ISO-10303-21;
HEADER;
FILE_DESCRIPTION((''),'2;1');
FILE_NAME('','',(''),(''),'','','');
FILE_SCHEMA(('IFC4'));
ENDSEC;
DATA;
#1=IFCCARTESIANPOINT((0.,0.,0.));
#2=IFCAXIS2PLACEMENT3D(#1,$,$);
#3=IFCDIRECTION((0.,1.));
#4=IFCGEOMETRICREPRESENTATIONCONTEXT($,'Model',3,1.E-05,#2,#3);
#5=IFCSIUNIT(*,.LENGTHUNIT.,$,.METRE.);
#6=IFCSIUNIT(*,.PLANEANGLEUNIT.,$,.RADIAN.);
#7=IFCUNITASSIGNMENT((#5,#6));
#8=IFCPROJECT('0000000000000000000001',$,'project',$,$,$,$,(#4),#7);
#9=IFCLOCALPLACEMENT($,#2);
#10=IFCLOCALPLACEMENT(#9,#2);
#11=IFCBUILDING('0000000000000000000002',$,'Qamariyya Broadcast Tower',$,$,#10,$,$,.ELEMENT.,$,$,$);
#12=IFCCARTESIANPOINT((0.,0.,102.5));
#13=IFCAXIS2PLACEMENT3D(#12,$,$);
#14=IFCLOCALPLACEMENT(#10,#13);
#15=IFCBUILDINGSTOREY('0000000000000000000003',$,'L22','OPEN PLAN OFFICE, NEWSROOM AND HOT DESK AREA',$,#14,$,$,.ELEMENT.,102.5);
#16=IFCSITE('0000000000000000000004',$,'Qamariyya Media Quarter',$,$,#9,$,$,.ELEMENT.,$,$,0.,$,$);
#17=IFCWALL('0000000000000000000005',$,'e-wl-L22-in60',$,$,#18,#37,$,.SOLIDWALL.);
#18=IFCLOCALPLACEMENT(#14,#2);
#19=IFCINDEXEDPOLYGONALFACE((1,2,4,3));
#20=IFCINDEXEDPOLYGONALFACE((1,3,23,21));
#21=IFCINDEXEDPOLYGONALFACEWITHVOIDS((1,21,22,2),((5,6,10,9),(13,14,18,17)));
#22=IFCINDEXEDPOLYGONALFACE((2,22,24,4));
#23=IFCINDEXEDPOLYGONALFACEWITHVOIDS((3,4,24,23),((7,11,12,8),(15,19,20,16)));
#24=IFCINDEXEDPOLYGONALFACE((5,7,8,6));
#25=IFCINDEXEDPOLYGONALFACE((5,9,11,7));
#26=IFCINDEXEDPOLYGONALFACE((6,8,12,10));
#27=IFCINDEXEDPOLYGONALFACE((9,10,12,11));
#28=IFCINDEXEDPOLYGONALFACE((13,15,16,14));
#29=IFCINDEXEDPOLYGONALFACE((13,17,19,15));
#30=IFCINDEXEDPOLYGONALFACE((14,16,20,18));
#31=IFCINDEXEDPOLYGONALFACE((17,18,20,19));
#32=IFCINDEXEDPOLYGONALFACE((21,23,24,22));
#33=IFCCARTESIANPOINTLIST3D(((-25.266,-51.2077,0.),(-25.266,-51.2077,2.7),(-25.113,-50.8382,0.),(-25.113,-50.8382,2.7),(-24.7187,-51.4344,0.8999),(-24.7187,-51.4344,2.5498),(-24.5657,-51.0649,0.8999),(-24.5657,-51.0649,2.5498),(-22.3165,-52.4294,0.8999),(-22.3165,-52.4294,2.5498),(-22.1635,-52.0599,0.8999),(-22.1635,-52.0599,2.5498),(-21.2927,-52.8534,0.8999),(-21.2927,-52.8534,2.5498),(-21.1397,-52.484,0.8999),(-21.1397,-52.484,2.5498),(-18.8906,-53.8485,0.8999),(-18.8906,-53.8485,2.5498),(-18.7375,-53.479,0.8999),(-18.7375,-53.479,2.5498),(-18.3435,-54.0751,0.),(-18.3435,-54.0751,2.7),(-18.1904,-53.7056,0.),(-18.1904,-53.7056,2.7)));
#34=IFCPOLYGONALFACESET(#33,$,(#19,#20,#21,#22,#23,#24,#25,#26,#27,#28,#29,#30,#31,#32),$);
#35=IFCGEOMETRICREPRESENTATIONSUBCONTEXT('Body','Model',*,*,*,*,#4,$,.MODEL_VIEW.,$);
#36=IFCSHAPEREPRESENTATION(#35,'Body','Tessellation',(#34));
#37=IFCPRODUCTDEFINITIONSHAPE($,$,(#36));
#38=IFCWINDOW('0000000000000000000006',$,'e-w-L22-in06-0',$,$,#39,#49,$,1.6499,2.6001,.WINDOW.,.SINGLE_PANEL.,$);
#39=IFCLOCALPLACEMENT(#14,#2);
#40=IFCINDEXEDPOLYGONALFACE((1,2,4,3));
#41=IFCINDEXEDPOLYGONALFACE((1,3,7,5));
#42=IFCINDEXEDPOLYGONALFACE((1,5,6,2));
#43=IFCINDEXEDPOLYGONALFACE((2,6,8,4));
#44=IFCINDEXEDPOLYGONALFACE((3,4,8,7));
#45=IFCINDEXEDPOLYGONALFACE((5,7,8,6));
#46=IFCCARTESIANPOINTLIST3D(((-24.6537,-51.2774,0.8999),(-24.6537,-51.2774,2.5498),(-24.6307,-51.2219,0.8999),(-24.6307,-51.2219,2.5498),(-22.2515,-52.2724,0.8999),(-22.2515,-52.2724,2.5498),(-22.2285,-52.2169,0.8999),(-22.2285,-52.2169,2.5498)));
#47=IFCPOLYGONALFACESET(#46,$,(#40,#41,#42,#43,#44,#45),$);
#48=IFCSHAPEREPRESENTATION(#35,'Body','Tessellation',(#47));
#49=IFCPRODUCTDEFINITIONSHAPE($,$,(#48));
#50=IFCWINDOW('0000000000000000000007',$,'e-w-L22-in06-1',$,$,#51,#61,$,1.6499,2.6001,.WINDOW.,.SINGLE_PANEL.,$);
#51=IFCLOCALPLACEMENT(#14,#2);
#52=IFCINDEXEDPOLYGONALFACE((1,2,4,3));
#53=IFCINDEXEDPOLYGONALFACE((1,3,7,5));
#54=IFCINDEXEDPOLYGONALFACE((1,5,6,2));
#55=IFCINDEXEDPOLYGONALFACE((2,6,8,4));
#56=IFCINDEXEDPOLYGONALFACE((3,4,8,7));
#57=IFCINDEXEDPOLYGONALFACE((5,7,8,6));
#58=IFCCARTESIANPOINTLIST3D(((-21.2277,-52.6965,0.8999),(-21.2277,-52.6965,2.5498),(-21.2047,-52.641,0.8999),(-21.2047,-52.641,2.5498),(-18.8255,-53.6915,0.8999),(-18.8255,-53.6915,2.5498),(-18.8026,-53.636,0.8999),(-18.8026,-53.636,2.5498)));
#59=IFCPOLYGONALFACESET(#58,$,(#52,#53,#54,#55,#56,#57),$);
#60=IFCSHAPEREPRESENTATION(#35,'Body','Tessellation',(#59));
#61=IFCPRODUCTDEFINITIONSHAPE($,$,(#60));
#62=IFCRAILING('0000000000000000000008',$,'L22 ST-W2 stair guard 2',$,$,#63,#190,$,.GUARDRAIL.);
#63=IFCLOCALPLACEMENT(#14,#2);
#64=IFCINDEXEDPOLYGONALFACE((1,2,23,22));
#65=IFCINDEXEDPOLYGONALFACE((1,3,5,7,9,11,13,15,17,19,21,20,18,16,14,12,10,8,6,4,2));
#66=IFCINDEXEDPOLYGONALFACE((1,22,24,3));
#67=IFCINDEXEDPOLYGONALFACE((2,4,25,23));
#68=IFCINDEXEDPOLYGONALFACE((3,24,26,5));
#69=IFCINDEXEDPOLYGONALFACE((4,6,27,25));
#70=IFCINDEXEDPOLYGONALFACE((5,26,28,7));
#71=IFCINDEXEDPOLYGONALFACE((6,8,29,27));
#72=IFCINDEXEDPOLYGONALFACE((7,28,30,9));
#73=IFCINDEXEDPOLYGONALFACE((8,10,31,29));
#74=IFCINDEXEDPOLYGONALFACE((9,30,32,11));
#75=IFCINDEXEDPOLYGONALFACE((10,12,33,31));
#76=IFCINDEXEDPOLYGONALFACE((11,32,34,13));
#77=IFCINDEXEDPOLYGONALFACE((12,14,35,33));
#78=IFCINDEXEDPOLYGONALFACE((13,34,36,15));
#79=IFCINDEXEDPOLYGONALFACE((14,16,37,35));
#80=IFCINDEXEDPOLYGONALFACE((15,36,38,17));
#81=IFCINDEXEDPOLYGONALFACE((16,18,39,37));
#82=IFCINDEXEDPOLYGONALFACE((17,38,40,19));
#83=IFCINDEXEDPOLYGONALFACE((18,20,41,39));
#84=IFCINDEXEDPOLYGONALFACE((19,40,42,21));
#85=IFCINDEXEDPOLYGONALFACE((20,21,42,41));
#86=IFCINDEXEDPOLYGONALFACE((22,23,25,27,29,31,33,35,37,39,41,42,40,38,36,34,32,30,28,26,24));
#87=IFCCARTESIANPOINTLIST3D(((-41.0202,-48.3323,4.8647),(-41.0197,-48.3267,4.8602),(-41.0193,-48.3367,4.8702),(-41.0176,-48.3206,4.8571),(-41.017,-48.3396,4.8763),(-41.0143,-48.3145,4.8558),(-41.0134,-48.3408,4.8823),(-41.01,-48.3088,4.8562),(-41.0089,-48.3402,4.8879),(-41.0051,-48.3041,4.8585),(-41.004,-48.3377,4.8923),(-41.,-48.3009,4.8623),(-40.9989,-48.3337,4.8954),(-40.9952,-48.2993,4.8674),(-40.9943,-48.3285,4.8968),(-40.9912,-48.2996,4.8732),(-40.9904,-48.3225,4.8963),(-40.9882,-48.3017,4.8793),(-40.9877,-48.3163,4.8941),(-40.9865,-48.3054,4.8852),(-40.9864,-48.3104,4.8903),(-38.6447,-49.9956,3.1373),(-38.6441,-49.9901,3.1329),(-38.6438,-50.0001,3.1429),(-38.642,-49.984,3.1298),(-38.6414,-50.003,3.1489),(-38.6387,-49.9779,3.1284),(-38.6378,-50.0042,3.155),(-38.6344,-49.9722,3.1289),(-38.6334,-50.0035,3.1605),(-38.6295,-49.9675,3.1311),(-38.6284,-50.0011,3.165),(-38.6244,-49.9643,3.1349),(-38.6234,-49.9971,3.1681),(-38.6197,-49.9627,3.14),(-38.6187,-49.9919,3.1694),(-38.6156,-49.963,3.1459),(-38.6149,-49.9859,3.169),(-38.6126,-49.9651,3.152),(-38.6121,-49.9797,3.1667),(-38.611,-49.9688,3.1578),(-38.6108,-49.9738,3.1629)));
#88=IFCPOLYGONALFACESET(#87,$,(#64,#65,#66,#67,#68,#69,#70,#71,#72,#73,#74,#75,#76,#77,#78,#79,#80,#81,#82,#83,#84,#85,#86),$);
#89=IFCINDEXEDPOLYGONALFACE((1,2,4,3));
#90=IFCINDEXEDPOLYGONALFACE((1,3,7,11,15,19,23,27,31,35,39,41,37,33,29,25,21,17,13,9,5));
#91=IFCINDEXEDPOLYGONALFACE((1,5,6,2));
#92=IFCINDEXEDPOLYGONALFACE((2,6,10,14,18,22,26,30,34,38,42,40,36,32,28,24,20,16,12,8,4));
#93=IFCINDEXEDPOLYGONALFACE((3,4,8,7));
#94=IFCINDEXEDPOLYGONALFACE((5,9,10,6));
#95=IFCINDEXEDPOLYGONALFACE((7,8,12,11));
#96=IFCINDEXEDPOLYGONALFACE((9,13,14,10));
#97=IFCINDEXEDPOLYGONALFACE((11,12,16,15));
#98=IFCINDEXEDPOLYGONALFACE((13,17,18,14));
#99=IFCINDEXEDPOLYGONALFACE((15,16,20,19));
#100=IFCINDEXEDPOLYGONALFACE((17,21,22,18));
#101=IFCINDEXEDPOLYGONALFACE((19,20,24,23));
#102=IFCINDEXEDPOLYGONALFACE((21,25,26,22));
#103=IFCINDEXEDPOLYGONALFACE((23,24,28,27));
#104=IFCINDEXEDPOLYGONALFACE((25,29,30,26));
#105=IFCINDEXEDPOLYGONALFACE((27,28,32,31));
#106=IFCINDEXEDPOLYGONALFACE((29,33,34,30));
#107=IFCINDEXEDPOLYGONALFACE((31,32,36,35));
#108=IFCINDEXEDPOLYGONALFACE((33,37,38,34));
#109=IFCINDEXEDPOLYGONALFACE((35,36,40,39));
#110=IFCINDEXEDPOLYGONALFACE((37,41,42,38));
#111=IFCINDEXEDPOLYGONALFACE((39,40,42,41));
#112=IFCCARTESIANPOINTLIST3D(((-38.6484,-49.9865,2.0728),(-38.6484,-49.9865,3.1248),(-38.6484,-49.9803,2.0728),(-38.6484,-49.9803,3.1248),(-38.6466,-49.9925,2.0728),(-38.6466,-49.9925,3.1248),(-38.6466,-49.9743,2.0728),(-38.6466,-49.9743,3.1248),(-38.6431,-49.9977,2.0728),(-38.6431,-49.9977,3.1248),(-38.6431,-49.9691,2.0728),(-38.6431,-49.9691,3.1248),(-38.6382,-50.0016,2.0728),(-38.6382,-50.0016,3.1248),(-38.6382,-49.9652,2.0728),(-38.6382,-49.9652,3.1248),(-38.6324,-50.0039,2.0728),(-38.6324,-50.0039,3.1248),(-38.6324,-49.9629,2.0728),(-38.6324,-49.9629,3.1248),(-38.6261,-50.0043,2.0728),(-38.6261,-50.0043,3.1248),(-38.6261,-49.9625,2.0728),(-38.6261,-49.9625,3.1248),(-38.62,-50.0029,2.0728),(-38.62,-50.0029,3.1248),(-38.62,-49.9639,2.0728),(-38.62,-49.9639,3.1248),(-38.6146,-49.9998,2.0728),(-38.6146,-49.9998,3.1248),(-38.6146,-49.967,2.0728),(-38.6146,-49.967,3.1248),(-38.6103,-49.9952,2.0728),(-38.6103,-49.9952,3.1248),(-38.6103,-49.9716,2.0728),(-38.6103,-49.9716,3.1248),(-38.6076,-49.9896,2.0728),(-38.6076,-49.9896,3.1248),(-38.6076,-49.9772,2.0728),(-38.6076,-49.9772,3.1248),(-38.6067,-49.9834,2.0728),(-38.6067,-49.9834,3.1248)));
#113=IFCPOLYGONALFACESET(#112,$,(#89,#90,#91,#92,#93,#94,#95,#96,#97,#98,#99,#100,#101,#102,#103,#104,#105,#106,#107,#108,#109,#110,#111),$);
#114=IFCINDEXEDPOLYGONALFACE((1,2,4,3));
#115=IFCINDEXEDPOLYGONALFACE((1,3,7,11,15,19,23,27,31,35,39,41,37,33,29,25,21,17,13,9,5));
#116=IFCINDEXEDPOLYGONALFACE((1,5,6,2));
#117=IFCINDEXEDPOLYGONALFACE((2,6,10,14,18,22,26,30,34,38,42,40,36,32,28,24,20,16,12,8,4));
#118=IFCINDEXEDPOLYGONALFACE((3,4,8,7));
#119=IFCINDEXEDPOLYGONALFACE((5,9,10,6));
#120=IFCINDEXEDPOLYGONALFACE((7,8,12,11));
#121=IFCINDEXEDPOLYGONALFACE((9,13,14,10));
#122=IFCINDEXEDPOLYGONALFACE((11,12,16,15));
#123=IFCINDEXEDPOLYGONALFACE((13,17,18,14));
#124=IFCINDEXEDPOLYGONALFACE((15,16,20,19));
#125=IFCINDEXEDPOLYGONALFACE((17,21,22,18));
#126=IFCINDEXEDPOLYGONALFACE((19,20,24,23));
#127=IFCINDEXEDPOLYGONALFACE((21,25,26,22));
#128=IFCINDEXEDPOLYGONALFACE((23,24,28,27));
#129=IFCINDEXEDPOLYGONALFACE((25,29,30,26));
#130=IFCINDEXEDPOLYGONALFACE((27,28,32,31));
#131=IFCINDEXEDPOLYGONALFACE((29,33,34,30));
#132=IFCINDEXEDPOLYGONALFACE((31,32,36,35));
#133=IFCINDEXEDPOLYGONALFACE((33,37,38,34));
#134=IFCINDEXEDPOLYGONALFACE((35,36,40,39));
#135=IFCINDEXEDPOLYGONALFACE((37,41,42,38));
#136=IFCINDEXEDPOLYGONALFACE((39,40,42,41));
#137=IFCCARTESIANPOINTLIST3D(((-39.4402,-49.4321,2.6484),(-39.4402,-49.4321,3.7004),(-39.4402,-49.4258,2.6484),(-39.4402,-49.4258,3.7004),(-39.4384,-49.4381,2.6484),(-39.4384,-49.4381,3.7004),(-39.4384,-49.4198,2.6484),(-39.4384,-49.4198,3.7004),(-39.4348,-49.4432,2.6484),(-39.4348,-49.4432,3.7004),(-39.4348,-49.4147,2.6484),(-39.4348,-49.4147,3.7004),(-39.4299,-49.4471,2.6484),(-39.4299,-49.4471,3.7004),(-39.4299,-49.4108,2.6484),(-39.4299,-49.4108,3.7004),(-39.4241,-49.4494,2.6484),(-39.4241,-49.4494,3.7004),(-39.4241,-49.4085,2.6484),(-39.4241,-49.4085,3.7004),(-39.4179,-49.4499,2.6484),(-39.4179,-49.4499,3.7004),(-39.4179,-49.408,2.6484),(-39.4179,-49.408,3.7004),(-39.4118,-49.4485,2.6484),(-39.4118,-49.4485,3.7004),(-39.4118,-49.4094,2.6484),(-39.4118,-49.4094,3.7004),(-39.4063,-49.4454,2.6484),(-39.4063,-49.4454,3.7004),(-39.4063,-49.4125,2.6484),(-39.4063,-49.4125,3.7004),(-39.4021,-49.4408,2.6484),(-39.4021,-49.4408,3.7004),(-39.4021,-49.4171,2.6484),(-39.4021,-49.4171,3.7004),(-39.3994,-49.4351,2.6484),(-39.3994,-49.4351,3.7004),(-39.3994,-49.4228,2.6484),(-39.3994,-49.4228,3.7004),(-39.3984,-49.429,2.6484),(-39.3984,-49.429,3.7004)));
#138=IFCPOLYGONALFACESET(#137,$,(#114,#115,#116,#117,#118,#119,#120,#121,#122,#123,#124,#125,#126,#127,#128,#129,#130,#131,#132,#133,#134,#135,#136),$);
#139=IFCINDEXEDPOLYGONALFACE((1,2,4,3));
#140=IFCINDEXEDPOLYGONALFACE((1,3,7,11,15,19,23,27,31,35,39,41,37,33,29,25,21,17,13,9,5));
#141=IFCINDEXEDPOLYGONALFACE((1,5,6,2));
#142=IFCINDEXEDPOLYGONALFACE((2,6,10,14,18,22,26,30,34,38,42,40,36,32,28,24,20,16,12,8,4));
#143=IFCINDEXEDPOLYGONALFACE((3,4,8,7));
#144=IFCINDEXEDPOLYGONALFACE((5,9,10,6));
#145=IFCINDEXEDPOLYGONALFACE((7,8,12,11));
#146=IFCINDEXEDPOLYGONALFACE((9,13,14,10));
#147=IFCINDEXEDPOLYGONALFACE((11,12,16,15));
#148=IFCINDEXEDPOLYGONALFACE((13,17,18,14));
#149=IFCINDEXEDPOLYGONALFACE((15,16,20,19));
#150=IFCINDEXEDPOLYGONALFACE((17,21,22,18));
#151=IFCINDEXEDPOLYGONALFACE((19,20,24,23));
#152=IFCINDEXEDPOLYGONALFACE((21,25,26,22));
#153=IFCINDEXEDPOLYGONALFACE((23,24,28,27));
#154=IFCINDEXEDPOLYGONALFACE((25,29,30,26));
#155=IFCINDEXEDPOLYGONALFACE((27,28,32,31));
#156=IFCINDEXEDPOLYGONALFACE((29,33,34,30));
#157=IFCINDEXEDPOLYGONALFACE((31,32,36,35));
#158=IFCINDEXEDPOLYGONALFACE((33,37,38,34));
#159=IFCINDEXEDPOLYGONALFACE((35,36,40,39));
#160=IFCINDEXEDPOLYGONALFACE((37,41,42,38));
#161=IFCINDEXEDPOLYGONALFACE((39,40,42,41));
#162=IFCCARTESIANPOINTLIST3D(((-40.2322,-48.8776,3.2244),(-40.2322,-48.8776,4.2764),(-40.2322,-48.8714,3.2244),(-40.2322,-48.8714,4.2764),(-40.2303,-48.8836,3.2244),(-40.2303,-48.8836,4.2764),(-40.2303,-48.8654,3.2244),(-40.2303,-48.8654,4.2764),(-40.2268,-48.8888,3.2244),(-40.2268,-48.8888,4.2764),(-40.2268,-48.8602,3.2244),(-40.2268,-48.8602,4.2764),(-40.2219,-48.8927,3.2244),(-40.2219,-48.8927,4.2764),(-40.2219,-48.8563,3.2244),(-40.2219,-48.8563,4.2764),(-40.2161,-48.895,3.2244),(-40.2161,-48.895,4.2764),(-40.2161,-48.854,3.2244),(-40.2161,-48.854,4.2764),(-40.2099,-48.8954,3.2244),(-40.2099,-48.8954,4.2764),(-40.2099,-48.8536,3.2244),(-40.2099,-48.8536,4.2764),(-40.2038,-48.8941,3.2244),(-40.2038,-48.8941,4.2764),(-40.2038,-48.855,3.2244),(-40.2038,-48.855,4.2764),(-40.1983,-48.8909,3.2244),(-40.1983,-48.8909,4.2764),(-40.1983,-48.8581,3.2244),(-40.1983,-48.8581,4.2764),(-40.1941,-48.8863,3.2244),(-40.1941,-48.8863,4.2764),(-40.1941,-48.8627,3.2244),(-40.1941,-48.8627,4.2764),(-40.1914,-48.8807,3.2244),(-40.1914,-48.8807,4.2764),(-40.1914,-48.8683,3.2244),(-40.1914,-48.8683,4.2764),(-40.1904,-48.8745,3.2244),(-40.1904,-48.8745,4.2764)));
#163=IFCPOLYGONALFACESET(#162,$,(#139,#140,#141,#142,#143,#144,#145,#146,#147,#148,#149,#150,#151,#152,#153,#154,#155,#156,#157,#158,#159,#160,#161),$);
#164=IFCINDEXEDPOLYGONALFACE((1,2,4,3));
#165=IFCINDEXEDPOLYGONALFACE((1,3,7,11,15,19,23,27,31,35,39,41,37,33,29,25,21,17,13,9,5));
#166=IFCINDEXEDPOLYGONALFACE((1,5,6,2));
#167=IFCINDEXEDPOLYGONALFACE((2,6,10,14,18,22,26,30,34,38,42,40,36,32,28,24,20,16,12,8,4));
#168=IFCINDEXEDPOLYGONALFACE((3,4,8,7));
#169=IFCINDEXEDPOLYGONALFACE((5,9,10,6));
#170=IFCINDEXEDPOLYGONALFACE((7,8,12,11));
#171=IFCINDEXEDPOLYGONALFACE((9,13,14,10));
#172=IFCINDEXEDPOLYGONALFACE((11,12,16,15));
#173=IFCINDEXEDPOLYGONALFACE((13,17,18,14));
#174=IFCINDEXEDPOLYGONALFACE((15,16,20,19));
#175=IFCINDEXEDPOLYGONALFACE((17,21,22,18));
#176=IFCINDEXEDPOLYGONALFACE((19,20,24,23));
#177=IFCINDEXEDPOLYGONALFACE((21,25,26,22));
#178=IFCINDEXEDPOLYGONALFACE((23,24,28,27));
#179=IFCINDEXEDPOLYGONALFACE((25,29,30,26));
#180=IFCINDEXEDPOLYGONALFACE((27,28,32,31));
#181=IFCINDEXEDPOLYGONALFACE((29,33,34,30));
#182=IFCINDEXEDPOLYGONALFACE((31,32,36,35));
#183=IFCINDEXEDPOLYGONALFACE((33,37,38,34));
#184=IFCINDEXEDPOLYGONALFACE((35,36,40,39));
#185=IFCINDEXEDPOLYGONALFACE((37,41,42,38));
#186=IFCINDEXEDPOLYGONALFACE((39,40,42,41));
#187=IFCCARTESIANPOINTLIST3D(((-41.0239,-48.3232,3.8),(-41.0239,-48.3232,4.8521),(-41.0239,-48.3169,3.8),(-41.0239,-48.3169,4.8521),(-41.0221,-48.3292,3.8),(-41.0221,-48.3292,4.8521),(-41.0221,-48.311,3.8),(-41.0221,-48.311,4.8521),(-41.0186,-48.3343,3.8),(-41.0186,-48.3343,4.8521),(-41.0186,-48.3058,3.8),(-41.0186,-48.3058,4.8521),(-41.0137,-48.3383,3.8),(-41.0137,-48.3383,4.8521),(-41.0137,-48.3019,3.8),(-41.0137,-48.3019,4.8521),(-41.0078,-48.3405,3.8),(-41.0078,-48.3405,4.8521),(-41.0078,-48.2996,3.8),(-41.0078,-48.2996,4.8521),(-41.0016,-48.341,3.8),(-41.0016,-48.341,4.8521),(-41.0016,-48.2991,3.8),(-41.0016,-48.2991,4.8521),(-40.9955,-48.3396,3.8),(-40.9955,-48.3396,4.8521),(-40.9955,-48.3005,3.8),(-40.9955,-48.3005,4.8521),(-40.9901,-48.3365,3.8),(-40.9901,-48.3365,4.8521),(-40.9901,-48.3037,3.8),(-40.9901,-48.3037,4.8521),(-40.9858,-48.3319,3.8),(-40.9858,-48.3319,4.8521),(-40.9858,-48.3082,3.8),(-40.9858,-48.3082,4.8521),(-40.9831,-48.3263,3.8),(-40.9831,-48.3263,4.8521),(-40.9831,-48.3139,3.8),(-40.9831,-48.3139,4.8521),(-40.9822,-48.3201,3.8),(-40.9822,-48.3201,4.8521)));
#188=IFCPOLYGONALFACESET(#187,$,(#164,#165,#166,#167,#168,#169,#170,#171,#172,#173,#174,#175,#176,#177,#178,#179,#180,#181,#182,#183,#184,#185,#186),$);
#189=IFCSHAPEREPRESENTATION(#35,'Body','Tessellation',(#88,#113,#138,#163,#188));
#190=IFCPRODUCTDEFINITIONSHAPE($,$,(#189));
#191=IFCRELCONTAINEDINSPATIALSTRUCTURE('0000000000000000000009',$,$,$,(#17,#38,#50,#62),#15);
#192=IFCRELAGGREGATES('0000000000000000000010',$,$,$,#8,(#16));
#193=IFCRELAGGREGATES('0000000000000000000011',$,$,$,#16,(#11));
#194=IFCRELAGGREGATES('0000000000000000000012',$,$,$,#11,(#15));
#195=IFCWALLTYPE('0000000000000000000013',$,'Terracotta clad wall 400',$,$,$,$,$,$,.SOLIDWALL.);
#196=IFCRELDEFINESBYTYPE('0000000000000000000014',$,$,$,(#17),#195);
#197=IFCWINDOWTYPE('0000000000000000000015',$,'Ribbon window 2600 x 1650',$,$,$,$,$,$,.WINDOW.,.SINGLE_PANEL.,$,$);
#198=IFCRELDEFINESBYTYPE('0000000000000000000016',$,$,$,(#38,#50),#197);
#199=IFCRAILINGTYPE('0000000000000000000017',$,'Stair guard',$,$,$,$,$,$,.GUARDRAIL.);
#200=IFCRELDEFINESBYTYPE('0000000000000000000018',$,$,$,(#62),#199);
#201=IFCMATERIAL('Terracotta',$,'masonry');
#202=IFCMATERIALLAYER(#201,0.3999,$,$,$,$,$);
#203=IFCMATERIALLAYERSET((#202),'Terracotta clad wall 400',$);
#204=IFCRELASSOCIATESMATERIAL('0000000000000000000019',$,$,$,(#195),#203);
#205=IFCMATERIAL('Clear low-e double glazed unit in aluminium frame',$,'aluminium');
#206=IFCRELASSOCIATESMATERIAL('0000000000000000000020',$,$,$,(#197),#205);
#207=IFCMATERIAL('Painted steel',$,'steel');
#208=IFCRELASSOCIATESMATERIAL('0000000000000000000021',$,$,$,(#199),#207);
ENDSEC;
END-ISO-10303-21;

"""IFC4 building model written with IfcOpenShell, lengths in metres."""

from ifc_helpers import new_model, si_unit, direction, frame, frame_2d, origin, origin_2d, place, context, subcontext, project, spatial, rectangle, circle, extrude, material, layer, layer_set, type_object, element, fill, save


model = new_model("IFC4")

# Units and contexts
model_context = context("Model", 3, precision=1e-05, world=origin(), true_north=direction((0.0, 1.0)))
body_context = subcontext(model_context, "Body", "Model", "MODEL_VIEW")
ifc_project = project(units=[si_unit("LENGTHUNIT", "METRE"), si_unit("PLANEANGLEUNIT", "RADIAN")], contexts=[model_context])

# Site, building, storey
site_placement = place(None, origin())
site = spatial("IfcSite", under=ifc_project, at=site_placement, Name="Qamariyya Media Quarter", CompositionType="ELEMENT", RefElevation=0.0)
building_placement = place(site_placement, origin())
building = spatial("IfcBuilding", under=site, at=building_placement, Name="Qamariyya Broadcast Tower", CompositionType="ELEMENT")
storey_placement = place(building_placement, frame((0.0, 0.0, 102.5)))
storey = spatial("IfcBuildingStorey", under=building, at=storey_placement, Name="L22", Description="OPEN PLAN OFFICE, NEWSROOM AND HOT DESK AREA", CompositionType="ELEMENT", Elevation=102.5)

# Wall, openings, windows
ifc_material_1 = material(Name="Terracotta", Category="masonry")
ifc_layer_1 = layer(ifc_material_1, 0.3999)
ifc_layer_set_1 = layer_set([ifc_layer_1], Name="Terracotta clad wall 400")
wall_type_1 = type_object("IfcWallType", Name="Terracotta clad wall 400", PredefinedType="SOLIDWALL", material=ifc_layer_set_1)
ifc_material_2 = material(Name="Clear low-e double glazed unit in aluminium frame", Category="aluminium")
window_type = type_object("IfcWindowType", Name="Ribbon window 2600 x 1650", PartitioningType="SINGLE_PANEL", PredefinedType="WINDOW", material=ifc_material_2)
wall_1_placement = place(storey_placement, frame((-18.2668, -53.8904, 0.0), z_axis=(0.0, 0.0, 1.0), x_axis=(-0.92388, 0.382683, 0.0)))
wall_1 = element("IfcWall", 1, at=wall_1_placement, inside=storey, type_object=wall_type_1, Name="e-wl-L22-in60", PredefinedType="SOLIDWALL", context=body_context, shape_type="SweptSolid", body=[
    extrude(rectangle(XDim=7.4929, YDim=0.3999, at=frame_2d((3.7466, 0.0))), origin(), (0.0, 0.0, 1.0), 2.7),
])
opening_1_placement = place(wall_1_placement, frame((4.3005, 0.0, 0.8999)))
opening_1 = element("IfcOpeningElement", 2, at=opening_1_placement, cuts=wall_1, PredefinedType="OPENING", context=body_context, shape_type="SweptSolid", body=[
    extrude(rectangle(XDim=2.6001, YDim=1.6499, at=frame_2d((1.3, 0.825))), frame((0.0, 0.21, 0.0), z_axis=(0.0, -1.0, 0.0), x_axis=(1.0, 0.0, 0.0)), (0.0, 0.0, 1.0), 0.4199),
])
opening_2_placement = place(wall_1_placement, frame((0.5923, 0.0, 0.8999)))
opening_2 = element("IfcOpeningElement", 3, at=opening_2_placement, cuts=wall_1, PredefinedType="OPENING", context=body_context, shape_type="SweptSolid", body=[
    extrude(rectangle(XDim=2.6001, YDim=1.6499, at=frame_2d((1.3, 0.825))), frame((0.0, 0.21, 0.0), z_axis=(0.0, -1.0, 0.0), x_axis=(1.0, 0.0, 0.0)), (0.0, 0.0, 1.0), 0.4199),
])
window_1_placement = place(opening_1_placement, origin())
window_1 = element("IfcWindow", 4, at=window_1_placement, inside=storey, type_object=window_type, Name="e-w-L22-in06-0", OverallHeight=1.6499, OverallWidth=2.6001, PartitioningType="SINGLE_PANEL", PredefinedType="WINDOW", context=body_context, shape_type="SweptSolid", body=[
    extrude(rectangle(XDim=2.6001, YDim=1.6499, at=frame_2d((1.3, 0.825))), frame((0.0, 0.03, 0.0), z_axis=(0.0, -1.0, 0.0), x_axis=(1.0, 0.0, 0.0)), (0.0, 0.0, 1.0), 0.0601),
])
fill(opening_1, window_1)
window_2_placement = place(opening_2_placement, origin())
window_2 = element("IfcWindow", 5, at=window_2_placement, inside=storey, type_object=window_type, Name="e-w-L22-in06-1", OverallHeight=1.6499, OverallWidth=2.6001, PartitioningType="SINGLE_PANEL", PredefinedType="WINDOW", context=body_context, shape_type="SweptSolid", body=[
    extrude(rectangle(XDim=2.6001, YDim=1.6499, at=frame_2d((1.3, 0.825))), frame((0.0, 0.03, 0.0), z_axis=(0.0, -1.0, 0.0), x_axis=(1.0, 0.0, 0.0)), (0.0, 0.0, 1.0), 0.0601),
])
fill(opening_2, window_2)

# Railing
ifc_material_3 = material(Name="Painted steel", Category="steel")
railing_type_1 = type_object("IfcRailingType", Name="Stair guard", PredefinedType="GUARDRAIL", material=ifc_material_3)
railing_1_placement = place(storey_placement, frame((-38.6277, -49.9834, 2.0728)))
element("IfcRailing", 6, at=railing_1_placement, inside=storey, type_object=railing_type_1, Name="L22 ST-W2 stair guard 2", PredefinedType="GUARDRAIL", context=body_context, shape_type="SweptSolid", body=[
    extrude(circle(Radius=0.0239, at=origin_2d()), frame((0.0, 0.0, 1.0762), z_axis=(-0.70377, 0.492784, 0.511734), x_axis=(-0.573575, -0.819153, 0.0)), (0.0, 0.0, 1.0), 3.3755),
    extrude(circle(Radius=0.021, at=origin_2d()), origin(), (0.0, 0.0, 1.0), 1.052),
    extrude(circle(Radius=0.021, at=origin_2d()), frame((-0.7917, 0.5544, 0.5757)), (0.0, 0.0, 1.0), 1.052),
    extrude(circle(Radius=0.021, at=origin_2d()), frame((-1.5837, 1.1089, 1.1516)), (0.0, 0.0, 1.0), 1.052),
    extrude(circle(Radius=0.021, at=origin_2d()), frame((-2.3755, 1.6633, 1.7273)), (0.0, 0.0, 1.0), 1.052),
])

save(model, "model.ifc")
